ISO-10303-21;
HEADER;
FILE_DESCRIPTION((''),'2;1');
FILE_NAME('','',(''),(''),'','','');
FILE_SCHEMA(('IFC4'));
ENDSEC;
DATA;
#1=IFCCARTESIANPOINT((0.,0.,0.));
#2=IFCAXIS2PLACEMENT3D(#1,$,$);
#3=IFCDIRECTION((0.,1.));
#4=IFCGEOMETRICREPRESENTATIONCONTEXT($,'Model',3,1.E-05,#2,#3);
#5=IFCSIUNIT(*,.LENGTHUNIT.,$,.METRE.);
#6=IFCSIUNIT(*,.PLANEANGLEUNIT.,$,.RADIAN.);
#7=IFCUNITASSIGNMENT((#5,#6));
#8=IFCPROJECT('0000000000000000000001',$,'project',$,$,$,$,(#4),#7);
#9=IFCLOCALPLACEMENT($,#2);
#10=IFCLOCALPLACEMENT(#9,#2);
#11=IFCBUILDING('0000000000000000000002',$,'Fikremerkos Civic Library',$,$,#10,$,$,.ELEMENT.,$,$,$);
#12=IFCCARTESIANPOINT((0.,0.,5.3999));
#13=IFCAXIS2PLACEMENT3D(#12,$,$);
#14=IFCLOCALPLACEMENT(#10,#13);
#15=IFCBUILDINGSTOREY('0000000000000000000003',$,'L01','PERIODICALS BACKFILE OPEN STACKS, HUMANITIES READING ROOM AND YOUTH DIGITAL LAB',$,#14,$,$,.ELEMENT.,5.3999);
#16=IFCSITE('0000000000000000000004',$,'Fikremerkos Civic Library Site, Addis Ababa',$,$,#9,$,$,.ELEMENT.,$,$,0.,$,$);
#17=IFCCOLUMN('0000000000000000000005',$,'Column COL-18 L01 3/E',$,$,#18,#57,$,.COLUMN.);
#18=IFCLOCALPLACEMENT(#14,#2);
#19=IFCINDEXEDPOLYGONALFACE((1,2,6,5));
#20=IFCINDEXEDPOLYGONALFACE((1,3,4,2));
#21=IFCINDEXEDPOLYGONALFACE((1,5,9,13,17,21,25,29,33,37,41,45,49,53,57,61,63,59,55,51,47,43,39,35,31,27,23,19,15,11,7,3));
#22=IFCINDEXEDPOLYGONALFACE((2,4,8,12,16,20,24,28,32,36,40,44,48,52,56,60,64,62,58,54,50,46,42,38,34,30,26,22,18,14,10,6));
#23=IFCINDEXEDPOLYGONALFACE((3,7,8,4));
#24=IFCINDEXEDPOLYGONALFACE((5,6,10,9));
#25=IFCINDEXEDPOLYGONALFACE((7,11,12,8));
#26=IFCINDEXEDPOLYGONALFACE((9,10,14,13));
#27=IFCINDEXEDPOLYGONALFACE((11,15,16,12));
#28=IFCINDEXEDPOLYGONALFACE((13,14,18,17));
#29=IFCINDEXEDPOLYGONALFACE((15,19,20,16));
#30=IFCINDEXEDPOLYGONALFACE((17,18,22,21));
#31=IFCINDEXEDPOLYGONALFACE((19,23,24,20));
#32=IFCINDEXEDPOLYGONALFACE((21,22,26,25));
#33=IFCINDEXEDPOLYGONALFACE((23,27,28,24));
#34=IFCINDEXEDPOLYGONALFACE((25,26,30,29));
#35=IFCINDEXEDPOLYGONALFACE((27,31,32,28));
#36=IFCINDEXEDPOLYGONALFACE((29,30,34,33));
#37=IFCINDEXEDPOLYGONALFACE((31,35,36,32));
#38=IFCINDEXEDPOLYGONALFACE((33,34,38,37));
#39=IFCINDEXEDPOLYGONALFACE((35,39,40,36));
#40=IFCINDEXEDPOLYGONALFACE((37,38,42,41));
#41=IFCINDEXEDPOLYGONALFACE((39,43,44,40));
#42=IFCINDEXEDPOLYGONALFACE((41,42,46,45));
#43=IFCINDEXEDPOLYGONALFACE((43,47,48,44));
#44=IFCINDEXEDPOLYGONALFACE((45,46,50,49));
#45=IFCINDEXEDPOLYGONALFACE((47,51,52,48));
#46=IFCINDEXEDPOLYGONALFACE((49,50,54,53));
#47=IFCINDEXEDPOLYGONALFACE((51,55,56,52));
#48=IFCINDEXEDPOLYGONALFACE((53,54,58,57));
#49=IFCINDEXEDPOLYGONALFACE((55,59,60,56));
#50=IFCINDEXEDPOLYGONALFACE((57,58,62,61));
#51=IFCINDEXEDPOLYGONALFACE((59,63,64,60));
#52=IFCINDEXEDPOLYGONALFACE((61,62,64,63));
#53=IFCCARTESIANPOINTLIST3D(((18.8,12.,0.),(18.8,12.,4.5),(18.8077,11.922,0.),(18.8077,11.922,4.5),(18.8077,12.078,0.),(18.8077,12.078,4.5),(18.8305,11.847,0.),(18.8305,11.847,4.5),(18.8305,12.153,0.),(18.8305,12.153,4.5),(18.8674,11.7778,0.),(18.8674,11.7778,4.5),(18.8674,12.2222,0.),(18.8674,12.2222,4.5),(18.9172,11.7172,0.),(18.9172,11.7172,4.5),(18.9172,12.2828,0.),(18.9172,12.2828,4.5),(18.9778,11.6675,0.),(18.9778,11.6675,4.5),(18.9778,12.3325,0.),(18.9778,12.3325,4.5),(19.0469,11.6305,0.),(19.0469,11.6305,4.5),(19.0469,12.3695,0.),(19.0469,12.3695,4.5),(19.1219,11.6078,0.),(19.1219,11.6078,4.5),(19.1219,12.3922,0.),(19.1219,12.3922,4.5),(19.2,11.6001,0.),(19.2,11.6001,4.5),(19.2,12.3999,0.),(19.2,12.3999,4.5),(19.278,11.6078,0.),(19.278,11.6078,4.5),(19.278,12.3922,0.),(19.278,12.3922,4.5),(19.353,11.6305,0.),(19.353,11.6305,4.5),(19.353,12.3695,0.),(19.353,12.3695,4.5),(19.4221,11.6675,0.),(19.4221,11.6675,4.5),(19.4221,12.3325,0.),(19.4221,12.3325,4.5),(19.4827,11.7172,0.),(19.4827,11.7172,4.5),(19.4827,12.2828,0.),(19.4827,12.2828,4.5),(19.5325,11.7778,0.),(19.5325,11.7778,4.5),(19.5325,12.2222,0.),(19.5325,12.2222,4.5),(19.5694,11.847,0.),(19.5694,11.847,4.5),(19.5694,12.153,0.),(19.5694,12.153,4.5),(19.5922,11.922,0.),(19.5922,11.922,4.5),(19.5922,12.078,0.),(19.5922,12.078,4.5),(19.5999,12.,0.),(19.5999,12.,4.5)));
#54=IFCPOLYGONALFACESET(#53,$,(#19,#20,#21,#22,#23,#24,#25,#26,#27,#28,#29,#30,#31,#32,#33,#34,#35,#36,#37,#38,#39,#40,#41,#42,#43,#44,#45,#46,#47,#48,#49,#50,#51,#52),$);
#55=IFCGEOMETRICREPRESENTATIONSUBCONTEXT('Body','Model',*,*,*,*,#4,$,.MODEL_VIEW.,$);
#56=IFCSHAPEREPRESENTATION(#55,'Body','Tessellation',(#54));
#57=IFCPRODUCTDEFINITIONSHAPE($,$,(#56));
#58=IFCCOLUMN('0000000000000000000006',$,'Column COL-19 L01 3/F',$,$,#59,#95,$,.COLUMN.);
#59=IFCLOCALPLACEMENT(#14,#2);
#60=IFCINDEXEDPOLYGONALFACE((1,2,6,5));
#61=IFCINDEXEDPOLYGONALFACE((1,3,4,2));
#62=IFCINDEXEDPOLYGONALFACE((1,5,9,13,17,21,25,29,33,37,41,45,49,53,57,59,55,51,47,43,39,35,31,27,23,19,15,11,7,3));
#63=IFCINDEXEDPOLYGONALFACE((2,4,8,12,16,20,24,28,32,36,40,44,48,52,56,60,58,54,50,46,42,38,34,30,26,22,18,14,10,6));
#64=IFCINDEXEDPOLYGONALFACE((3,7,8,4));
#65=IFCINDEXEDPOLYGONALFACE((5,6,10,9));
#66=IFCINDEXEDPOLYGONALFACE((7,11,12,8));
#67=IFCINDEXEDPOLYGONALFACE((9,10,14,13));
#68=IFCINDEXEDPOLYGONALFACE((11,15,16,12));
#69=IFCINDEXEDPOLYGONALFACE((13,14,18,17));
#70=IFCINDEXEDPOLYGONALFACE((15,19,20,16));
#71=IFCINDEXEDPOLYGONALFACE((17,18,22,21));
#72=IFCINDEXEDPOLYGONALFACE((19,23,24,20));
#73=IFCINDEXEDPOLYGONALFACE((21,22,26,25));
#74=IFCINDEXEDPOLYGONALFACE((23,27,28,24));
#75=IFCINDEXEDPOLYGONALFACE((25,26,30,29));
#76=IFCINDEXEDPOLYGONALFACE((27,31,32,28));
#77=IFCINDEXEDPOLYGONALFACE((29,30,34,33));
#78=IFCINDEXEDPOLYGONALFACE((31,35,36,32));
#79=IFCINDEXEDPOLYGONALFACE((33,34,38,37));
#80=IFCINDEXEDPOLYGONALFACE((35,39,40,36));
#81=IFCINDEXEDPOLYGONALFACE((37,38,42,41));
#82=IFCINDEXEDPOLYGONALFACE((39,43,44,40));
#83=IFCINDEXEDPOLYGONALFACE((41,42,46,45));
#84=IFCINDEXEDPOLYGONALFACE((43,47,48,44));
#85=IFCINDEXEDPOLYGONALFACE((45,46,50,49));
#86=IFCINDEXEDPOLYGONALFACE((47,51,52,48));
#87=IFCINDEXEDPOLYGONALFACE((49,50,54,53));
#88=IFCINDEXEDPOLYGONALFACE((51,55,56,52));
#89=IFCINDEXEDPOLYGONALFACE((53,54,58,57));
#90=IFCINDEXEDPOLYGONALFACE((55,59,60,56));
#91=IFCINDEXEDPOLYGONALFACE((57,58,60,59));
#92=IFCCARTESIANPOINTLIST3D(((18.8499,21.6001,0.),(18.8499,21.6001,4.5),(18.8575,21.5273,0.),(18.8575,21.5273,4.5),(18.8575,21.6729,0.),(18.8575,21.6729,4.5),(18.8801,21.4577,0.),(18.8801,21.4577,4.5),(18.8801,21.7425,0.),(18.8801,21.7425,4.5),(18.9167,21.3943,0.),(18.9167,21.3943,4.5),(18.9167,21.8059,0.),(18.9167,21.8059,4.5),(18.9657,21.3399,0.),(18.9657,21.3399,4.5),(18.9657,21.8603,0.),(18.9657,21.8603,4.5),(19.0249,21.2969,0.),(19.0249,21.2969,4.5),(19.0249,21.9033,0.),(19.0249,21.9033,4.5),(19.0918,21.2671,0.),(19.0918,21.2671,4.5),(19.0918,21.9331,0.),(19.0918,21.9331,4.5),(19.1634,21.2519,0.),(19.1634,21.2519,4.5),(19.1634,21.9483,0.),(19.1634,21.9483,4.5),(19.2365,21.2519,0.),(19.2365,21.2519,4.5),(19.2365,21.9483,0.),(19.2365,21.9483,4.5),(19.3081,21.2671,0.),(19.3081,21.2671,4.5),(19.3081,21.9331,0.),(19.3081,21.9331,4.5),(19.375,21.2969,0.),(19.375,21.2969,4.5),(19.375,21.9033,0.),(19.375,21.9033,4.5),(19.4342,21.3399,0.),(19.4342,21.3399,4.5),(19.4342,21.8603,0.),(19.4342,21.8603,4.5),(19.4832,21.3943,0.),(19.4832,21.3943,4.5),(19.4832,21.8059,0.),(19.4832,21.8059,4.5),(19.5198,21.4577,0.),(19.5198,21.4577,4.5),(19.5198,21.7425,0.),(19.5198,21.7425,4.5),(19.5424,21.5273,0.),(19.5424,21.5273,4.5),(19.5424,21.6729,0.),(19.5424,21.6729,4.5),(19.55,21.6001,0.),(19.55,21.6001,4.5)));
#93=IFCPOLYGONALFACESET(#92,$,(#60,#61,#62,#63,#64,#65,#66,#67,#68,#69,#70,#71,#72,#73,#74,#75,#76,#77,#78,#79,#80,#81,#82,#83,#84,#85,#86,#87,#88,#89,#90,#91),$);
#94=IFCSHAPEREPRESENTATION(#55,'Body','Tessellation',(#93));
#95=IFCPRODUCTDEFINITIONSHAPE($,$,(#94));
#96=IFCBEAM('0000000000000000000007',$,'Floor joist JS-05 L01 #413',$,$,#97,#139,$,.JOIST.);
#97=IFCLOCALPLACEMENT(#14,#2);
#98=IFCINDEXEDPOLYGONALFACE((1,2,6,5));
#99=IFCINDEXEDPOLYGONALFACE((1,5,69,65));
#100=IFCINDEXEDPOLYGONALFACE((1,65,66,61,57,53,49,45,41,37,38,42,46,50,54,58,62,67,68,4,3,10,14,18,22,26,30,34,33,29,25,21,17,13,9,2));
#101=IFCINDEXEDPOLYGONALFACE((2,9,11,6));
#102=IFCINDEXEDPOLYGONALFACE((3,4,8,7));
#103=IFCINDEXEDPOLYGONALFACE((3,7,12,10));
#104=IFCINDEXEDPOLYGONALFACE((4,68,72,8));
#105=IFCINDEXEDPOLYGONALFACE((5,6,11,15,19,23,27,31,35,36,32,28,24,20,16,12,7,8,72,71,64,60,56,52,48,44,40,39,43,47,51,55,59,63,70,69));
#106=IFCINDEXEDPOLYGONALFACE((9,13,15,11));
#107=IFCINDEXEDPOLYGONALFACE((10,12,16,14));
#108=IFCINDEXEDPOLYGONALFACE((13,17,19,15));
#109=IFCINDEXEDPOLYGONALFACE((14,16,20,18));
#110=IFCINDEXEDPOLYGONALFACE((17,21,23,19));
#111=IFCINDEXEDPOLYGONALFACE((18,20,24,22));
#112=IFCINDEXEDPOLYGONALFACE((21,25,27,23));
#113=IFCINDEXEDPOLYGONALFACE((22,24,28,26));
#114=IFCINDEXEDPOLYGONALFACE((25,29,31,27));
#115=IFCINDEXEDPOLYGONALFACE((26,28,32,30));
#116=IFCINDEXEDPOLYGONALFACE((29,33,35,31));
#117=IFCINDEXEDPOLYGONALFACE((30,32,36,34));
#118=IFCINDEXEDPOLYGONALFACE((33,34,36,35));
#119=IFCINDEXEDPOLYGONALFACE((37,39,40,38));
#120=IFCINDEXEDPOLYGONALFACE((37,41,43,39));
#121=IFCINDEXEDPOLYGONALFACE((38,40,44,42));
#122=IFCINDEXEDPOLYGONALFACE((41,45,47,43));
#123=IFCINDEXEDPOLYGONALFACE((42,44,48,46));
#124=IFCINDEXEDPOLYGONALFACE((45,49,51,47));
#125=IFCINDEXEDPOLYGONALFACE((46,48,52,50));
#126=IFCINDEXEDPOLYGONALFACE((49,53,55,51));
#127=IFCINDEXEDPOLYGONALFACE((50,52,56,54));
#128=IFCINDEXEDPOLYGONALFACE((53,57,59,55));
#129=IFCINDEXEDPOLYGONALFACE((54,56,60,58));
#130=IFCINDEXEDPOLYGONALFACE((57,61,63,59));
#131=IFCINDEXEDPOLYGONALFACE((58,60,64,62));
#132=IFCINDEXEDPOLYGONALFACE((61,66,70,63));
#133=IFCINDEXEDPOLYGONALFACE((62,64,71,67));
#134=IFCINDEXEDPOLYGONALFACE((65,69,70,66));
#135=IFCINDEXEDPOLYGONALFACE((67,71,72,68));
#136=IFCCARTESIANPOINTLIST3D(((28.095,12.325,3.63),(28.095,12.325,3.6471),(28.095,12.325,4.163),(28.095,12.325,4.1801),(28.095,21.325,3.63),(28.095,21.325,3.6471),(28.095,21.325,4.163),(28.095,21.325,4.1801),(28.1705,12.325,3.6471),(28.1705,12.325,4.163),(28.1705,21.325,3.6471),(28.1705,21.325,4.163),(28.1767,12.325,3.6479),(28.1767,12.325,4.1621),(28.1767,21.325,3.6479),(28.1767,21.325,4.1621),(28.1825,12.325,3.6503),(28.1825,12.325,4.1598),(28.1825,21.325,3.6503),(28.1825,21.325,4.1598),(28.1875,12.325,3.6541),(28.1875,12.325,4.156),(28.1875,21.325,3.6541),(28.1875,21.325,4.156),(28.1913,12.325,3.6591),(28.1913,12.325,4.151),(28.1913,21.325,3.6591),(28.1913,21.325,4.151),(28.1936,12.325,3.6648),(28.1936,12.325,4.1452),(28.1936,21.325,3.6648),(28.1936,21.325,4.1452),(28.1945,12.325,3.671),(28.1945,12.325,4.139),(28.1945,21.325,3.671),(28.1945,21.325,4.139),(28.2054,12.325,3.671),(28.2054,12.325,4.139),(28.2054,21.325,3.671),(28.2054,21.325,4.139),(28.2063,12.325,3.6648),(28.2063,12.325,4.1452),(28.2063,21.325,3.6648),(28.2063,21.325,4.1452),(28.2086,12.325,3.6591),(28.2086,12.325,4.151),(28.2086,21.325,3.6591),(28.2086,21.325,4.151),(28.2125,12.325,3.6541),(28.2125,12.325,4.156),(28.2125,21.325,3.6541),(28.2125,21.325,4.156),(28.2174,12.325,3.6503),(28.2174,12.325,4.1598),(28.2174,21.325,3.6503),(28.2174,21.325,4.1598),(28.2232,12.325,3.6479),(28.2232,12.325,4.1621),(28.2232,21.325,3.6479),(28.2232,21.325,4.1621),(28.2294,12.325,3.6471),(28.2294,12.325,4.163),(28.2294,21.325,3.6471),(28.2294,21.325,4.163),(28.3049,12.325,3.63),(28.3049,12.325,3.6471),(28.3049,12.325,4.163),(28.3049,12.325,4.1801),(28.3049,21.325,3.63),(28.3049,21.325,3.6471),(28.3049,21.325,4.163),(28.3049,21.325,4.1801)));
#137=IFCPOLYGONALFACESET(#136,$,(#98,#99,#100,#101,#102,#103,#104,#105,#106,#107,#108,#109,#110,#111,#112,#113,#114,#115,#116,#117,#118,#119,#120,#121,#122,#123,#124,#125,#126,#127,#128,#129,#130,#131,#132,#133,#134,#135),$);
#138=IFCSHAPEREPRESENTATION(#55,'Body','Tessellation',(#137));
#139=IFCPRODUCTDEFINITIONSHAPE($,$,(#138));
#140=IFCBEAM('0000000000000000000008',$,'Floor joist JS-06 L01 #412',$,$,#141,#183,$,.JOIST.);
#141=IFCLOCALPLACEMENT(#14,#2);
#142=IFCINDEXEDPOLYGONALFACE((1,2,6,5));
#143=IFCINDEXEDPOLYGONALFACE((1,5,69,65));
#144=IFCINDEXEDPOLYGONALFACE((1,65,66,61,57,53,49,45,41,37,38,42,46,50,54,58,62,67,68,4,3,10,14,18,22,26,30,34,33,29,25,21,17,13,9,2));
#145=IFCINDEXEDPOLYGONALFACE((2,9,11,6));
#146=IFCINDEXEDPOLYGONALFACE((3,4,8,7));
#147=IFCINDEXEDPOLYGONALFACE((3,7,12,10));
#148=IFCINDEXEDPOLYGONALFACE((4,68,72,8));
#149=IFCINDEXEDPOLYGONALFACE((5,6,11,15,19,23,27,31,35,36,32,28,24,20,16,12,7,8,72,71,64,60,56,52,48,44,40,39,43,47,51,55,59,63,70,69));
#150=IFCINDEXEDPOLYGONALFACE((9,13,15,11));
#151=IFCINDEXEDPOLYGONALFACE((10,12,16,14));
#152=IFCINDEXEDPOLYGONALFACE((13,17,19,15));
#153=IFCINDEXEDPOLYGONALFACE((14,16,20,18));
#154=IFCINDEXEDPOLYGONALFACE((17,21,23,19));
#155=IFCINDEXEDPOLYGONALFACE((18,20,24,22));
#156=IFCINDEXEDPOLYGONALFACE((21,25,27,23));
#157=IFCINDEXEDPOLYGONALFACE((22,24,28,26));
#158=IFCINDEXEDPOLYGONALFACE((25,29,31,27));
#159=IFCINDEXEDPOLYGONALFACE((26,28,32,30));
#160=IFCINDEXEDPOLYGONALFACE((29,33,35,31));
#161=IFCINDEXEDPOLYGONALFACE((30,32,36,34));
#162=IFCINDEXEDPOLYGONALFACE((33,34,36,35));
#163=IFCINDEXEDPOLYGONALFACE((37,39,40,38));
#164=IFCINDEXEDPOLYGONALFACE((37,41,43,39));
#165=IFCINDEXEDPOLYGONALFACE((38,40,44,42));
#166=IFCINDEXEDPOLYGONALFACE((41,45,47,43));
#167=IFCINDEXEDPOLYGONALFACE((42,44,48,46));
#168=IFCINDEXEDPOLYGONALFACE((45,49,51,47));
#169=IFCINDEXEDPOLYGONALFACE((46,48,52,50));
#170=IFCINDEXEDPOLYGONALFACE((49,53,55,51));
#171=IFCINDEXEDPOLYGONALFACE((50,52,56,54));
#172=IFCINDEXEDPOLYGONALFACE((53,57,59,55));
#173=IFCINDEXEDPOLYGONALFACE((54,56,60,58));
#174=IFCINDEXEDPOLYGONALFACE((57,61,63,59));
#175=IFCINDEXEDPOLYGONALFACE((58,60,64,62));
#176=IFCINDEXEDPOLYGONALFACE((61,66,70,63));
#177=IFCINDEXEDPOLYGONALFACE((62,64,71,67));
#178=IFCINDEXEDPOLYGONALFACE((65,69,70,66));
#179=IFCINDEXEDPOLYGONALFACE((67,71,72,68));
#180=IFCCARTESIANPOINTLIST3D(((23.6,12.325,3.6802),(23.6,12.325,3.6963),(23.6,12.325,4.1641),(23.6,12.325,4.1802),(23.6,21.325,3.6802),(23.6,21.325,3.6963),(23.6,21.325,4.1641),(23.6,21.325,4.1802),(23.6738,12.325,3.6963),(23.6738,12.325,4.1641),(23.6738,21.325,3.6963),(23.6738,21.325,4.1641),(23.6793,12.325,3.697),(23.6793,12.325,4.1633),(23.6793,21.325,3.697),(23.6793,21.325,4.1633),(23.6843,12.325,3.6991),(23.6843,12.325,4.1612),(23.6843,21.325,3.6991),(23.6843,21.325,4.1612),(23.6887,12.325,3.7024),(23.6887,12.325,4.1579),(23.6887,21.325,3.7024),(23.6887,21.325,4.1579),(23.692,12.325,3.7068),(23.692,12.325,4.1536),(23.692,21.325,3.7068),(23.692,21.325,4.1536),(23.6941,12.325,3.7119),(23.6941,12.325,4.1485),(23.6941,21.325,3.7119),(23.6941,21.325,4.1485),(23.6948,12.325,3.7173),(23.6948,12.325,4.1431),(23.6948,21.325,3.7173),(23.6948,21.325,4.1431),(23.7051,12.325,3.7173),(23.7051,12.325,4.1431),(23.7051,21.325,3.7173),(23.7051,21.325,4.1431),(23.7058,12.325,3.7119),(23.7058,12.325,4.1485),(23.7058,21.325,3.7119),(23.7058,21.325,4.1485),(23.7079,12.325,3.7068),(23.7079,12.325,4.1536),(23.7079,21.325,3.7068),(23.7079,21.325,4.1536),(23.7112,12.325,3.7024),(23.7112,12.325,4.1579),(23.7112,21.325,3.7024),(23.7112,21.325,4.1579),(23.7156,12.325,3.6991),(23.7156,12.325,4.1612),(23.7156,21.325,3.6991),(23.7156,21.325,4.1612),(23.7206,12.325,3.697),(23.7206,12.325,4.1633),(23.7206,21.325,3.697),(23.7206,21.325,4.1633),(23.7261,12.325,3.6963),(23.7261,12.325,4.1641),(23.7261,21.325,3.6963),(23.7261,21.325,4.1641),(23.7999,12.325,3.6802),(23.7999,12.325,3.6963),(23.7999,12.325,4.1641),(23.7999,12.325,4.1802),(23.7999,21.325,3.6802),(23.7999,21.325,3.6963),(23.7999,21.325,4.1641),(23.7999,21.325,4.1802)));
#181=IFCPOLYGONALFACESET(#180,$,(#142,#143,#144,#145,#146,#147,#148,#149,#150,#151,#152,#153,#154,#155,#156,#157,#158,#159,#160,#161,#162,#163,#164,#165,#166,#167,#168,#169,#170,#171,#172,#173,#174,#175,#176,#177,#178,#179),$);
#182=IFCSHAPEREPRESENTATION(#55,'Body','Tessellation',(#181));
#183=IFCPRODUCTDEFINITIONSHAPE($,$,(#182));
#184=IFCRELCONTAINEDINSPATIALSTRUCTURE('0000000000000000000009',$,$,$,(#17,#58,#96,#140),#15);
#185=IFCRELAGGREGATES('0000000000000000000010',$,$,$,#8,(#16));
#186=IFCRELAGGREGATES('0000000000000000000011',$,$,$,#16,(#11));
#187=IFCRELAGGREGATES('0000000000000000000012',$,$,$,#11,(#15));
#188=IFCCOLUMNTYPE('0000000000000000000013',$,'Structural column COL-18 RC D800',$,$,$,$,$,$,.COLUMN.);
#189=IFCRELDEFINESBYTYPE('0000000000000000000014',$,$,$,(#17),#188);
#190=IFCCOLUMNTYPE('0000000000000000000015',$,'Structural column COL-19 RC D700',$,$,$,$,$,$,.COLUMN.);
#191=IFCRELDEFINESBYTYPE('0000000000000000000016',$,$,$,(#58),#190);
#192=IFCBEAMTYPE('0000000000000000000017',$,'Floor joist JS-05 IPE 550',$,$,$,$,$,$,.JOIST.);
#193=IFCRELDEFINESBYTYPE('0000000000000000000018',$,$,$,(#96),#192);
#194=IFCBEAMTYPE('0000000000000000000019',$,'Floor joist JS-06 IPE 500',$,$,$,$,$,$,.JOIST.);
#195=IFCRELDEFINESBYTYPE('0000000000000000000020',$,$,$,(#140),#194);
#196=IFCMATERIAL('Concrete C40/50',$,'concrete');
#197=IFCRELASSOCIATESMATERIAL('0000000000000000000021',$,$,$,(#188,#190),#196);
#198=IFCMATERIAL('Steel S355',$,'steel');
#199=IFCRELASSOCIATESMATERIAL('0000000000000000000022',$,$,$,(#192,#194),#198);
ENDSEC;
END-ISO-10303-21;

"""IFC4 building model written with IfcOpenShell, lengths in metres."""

from ifc_helpers import new_model, si_unit, direction, frame, origin, origin_2d, place, context, subcontext, project, spatial, circle, i_section, extrude, material, material_profile, profile_set, type_object, element, save


model = new_model("IFC4")

# Units and contexts
model_context = context("Model", 3, precision=1e-05, world=origin(), true_north=direction((0.0, 1.0)))
body_context = subcontext(model_context, "Body", "Model", "MODEL_VIEW")
ifc_project = project(units=[si_unit("LENGTHUNIT", "METRE"), si_unit("PLANEANGLEUNIT", "RADIAN")], contexts=[model_context])

# Site, building, storey
site_placement = place(None, origin())
site = spatial("IfcSite", under=ifc_project, at=site_placement, Name="Fikremerkos Civic Library Site, Addis Ababa", CompositionType="ELEMENT", RefElevation=0.0)
building_placement = place(site_placement, origin())
building = spatial("IfcBuilding", under=site, at=building_placement, Name="Fikremerkos Civic Library", CompositionType="ELEMENT")
storey_placement = place(building_placement, frame((0.0, 0.0, 5.3999)))
storey = spatial("IfcBuildingStorey", under=building, at=storey_placement, Name="L01", Description="PERIODICALS BACKFILE OPEN STACKS, HUMANITIES READING ROOM AND YOUTH DIGITAL LAB", CompositionType="ELEMENT", Elevation=5.3999)

# Columns
ifc_material_1 = material(Name="Concrete C40/50", Category="concrete")
ifc_material_profile_1 = material_profile(ifc_material_1, circle(Radius=0.3999, at=origin_2d()), Name="RC D800")
ifc_profile_set_1 = profile_set([ifc_material_profile_1], Name="Concrete C40/50")
column_type_1 = type_object("IfcColumnType", Name="Structural column COL-18 RC D800", PredefinedType="COLUMN", material=ifc_profile_set_1)
column_1_placement = place(storey_placement, frame((19.2, 12.0, 0.0), z_axis=(0.0, 0.0, 1.0), x_axis=(1.0, 0.0, 0.0)))
element("IfcColumn", 1, at=column_1_placement, inside=storey, type_object=column_type_1, Name="Column COL-18 L01 3/E", PredefinedType="COLUMN", context=body_context, shape_type="SweptSolid", body=[
    extrude(circle(Radius=0.3999, at=origin_2d()), origin(), (0.0, 0.0, 1.0), 4.5),
])
ifc_material_profile_2 = material_profile(ifc_material_1, circle(Radius=0.3501, at=origin_2d()), Name="RC D700")
ifc_profile_set_2 = profile_set([ifc_material_profile_2], Name="Concrete C40/50")
column_type_2 = type_object("IfcColumnType", Name="Structural column COL-19 RC D700", PredefinedType="COLUMN", material=ifc_profile_set_2)
column_2_placement = place(storey_placement, frame((19.2, 21.6001, 0.0), z_axis=(0.0, 0.0, 1.0), x_axis=(1.0, 0.0, 0.0)))
element("IfcColumn", 2, at=column_2_placement, inside=storey, type_object=column_type_2, Name="Column COL-19 L01 3/F", PredefinedType="COLUMN", context=body_context, shape_type="SweptSolid", body=[
    extrude(circle(Radius=0.3501, at=origin_2d()), origin(), (0.0, 0.0, 1.0), 4.5),
])

# Beams
ifc_material_2 = material(Name="Steel S355", Category="steel")
ifc_material_profile_3 = material_profile(ifc_material_2, i_section(OverallWidth=0.21, OverallDepth=0.55, WebThickness=0.011, FlangeThickness=0.0171, FilletRadius=0.0239, at=origin_2d()), Name="IPE 550")
ifc_profile_set_3 = profile_set([ifc_material_profile_3], Name="Steel S355")
beam_type_1 = type_object("IfcBeamType", Name="Floor joist JS-05 IPE 550", PredefinedType="JOIST", material=ifc_profile_set_3)
beam_1_placement = place(storey_placement, frame((28.2, 12.325, 3.905), z_axis=(0.0, 1.0, 0.0), x_axis=(-1.0, 0.0, 0.0)))
element("IfcBeam", 3, at=beam_1_placement, inside=storey, type_object=beam_type_1, Name="Floor joist JS-05 L01 #413", PredefinedType="JOIST", context=body_context, shape_type="SweptSolid", body=[
    extrude(i_section(OverallWidth=0.21, OverallDepth=0.55, WebThickness=0.011, FlangeThickness=0.0171, FilletRadius=0.0239, at=origin_2d()), origin(), (0.0, 0.0, 1.0), 9.0),
])
ifc_material_profile_4 = material_profile(ifc_material_2, i_section(OverallWidth=0.2, OverallDepth=0.5, WebThickness=0.0103, FlangeThickness=0.0161, FilletRadius=0.021, at=origin_2d()), Name="IPE 500")
ifc_profile_set_4 = profile_set([ifc_material_profile_4], Name="Steel S355")
beam_type_2 = type_object("IfcBeamType", Name="Floor joist JS-06 IPE 500", PredefinedType="JOIST", material=ifc_profile_set_4)
beam_2_placement = place(storey_placement, frame((23.7, 12.325, 3.9302), z_axis=(0.0, 1.0, 0.0), x_axis=(-1.0, 0.0, 0.0)))
element("IfcBeam", 4, at=beam_2_placement, inside=storey, type_object=beam_type_2, Name="Floor joist JS-06 L01 #412", PredefinedType="JOIST", context=body_context, shape_type="SweptSolid", body=[
    extrude(i_section(OverallWidth=0.2, OverallDepth=0.5, WebThickness=0.0103, FlangeThickness=0.0161, FilletRadius=0.021, at=origin_2d()), origin(), (0.0, 0.0, 1.0), 9.0),
])

save(model, "model.ifc")
